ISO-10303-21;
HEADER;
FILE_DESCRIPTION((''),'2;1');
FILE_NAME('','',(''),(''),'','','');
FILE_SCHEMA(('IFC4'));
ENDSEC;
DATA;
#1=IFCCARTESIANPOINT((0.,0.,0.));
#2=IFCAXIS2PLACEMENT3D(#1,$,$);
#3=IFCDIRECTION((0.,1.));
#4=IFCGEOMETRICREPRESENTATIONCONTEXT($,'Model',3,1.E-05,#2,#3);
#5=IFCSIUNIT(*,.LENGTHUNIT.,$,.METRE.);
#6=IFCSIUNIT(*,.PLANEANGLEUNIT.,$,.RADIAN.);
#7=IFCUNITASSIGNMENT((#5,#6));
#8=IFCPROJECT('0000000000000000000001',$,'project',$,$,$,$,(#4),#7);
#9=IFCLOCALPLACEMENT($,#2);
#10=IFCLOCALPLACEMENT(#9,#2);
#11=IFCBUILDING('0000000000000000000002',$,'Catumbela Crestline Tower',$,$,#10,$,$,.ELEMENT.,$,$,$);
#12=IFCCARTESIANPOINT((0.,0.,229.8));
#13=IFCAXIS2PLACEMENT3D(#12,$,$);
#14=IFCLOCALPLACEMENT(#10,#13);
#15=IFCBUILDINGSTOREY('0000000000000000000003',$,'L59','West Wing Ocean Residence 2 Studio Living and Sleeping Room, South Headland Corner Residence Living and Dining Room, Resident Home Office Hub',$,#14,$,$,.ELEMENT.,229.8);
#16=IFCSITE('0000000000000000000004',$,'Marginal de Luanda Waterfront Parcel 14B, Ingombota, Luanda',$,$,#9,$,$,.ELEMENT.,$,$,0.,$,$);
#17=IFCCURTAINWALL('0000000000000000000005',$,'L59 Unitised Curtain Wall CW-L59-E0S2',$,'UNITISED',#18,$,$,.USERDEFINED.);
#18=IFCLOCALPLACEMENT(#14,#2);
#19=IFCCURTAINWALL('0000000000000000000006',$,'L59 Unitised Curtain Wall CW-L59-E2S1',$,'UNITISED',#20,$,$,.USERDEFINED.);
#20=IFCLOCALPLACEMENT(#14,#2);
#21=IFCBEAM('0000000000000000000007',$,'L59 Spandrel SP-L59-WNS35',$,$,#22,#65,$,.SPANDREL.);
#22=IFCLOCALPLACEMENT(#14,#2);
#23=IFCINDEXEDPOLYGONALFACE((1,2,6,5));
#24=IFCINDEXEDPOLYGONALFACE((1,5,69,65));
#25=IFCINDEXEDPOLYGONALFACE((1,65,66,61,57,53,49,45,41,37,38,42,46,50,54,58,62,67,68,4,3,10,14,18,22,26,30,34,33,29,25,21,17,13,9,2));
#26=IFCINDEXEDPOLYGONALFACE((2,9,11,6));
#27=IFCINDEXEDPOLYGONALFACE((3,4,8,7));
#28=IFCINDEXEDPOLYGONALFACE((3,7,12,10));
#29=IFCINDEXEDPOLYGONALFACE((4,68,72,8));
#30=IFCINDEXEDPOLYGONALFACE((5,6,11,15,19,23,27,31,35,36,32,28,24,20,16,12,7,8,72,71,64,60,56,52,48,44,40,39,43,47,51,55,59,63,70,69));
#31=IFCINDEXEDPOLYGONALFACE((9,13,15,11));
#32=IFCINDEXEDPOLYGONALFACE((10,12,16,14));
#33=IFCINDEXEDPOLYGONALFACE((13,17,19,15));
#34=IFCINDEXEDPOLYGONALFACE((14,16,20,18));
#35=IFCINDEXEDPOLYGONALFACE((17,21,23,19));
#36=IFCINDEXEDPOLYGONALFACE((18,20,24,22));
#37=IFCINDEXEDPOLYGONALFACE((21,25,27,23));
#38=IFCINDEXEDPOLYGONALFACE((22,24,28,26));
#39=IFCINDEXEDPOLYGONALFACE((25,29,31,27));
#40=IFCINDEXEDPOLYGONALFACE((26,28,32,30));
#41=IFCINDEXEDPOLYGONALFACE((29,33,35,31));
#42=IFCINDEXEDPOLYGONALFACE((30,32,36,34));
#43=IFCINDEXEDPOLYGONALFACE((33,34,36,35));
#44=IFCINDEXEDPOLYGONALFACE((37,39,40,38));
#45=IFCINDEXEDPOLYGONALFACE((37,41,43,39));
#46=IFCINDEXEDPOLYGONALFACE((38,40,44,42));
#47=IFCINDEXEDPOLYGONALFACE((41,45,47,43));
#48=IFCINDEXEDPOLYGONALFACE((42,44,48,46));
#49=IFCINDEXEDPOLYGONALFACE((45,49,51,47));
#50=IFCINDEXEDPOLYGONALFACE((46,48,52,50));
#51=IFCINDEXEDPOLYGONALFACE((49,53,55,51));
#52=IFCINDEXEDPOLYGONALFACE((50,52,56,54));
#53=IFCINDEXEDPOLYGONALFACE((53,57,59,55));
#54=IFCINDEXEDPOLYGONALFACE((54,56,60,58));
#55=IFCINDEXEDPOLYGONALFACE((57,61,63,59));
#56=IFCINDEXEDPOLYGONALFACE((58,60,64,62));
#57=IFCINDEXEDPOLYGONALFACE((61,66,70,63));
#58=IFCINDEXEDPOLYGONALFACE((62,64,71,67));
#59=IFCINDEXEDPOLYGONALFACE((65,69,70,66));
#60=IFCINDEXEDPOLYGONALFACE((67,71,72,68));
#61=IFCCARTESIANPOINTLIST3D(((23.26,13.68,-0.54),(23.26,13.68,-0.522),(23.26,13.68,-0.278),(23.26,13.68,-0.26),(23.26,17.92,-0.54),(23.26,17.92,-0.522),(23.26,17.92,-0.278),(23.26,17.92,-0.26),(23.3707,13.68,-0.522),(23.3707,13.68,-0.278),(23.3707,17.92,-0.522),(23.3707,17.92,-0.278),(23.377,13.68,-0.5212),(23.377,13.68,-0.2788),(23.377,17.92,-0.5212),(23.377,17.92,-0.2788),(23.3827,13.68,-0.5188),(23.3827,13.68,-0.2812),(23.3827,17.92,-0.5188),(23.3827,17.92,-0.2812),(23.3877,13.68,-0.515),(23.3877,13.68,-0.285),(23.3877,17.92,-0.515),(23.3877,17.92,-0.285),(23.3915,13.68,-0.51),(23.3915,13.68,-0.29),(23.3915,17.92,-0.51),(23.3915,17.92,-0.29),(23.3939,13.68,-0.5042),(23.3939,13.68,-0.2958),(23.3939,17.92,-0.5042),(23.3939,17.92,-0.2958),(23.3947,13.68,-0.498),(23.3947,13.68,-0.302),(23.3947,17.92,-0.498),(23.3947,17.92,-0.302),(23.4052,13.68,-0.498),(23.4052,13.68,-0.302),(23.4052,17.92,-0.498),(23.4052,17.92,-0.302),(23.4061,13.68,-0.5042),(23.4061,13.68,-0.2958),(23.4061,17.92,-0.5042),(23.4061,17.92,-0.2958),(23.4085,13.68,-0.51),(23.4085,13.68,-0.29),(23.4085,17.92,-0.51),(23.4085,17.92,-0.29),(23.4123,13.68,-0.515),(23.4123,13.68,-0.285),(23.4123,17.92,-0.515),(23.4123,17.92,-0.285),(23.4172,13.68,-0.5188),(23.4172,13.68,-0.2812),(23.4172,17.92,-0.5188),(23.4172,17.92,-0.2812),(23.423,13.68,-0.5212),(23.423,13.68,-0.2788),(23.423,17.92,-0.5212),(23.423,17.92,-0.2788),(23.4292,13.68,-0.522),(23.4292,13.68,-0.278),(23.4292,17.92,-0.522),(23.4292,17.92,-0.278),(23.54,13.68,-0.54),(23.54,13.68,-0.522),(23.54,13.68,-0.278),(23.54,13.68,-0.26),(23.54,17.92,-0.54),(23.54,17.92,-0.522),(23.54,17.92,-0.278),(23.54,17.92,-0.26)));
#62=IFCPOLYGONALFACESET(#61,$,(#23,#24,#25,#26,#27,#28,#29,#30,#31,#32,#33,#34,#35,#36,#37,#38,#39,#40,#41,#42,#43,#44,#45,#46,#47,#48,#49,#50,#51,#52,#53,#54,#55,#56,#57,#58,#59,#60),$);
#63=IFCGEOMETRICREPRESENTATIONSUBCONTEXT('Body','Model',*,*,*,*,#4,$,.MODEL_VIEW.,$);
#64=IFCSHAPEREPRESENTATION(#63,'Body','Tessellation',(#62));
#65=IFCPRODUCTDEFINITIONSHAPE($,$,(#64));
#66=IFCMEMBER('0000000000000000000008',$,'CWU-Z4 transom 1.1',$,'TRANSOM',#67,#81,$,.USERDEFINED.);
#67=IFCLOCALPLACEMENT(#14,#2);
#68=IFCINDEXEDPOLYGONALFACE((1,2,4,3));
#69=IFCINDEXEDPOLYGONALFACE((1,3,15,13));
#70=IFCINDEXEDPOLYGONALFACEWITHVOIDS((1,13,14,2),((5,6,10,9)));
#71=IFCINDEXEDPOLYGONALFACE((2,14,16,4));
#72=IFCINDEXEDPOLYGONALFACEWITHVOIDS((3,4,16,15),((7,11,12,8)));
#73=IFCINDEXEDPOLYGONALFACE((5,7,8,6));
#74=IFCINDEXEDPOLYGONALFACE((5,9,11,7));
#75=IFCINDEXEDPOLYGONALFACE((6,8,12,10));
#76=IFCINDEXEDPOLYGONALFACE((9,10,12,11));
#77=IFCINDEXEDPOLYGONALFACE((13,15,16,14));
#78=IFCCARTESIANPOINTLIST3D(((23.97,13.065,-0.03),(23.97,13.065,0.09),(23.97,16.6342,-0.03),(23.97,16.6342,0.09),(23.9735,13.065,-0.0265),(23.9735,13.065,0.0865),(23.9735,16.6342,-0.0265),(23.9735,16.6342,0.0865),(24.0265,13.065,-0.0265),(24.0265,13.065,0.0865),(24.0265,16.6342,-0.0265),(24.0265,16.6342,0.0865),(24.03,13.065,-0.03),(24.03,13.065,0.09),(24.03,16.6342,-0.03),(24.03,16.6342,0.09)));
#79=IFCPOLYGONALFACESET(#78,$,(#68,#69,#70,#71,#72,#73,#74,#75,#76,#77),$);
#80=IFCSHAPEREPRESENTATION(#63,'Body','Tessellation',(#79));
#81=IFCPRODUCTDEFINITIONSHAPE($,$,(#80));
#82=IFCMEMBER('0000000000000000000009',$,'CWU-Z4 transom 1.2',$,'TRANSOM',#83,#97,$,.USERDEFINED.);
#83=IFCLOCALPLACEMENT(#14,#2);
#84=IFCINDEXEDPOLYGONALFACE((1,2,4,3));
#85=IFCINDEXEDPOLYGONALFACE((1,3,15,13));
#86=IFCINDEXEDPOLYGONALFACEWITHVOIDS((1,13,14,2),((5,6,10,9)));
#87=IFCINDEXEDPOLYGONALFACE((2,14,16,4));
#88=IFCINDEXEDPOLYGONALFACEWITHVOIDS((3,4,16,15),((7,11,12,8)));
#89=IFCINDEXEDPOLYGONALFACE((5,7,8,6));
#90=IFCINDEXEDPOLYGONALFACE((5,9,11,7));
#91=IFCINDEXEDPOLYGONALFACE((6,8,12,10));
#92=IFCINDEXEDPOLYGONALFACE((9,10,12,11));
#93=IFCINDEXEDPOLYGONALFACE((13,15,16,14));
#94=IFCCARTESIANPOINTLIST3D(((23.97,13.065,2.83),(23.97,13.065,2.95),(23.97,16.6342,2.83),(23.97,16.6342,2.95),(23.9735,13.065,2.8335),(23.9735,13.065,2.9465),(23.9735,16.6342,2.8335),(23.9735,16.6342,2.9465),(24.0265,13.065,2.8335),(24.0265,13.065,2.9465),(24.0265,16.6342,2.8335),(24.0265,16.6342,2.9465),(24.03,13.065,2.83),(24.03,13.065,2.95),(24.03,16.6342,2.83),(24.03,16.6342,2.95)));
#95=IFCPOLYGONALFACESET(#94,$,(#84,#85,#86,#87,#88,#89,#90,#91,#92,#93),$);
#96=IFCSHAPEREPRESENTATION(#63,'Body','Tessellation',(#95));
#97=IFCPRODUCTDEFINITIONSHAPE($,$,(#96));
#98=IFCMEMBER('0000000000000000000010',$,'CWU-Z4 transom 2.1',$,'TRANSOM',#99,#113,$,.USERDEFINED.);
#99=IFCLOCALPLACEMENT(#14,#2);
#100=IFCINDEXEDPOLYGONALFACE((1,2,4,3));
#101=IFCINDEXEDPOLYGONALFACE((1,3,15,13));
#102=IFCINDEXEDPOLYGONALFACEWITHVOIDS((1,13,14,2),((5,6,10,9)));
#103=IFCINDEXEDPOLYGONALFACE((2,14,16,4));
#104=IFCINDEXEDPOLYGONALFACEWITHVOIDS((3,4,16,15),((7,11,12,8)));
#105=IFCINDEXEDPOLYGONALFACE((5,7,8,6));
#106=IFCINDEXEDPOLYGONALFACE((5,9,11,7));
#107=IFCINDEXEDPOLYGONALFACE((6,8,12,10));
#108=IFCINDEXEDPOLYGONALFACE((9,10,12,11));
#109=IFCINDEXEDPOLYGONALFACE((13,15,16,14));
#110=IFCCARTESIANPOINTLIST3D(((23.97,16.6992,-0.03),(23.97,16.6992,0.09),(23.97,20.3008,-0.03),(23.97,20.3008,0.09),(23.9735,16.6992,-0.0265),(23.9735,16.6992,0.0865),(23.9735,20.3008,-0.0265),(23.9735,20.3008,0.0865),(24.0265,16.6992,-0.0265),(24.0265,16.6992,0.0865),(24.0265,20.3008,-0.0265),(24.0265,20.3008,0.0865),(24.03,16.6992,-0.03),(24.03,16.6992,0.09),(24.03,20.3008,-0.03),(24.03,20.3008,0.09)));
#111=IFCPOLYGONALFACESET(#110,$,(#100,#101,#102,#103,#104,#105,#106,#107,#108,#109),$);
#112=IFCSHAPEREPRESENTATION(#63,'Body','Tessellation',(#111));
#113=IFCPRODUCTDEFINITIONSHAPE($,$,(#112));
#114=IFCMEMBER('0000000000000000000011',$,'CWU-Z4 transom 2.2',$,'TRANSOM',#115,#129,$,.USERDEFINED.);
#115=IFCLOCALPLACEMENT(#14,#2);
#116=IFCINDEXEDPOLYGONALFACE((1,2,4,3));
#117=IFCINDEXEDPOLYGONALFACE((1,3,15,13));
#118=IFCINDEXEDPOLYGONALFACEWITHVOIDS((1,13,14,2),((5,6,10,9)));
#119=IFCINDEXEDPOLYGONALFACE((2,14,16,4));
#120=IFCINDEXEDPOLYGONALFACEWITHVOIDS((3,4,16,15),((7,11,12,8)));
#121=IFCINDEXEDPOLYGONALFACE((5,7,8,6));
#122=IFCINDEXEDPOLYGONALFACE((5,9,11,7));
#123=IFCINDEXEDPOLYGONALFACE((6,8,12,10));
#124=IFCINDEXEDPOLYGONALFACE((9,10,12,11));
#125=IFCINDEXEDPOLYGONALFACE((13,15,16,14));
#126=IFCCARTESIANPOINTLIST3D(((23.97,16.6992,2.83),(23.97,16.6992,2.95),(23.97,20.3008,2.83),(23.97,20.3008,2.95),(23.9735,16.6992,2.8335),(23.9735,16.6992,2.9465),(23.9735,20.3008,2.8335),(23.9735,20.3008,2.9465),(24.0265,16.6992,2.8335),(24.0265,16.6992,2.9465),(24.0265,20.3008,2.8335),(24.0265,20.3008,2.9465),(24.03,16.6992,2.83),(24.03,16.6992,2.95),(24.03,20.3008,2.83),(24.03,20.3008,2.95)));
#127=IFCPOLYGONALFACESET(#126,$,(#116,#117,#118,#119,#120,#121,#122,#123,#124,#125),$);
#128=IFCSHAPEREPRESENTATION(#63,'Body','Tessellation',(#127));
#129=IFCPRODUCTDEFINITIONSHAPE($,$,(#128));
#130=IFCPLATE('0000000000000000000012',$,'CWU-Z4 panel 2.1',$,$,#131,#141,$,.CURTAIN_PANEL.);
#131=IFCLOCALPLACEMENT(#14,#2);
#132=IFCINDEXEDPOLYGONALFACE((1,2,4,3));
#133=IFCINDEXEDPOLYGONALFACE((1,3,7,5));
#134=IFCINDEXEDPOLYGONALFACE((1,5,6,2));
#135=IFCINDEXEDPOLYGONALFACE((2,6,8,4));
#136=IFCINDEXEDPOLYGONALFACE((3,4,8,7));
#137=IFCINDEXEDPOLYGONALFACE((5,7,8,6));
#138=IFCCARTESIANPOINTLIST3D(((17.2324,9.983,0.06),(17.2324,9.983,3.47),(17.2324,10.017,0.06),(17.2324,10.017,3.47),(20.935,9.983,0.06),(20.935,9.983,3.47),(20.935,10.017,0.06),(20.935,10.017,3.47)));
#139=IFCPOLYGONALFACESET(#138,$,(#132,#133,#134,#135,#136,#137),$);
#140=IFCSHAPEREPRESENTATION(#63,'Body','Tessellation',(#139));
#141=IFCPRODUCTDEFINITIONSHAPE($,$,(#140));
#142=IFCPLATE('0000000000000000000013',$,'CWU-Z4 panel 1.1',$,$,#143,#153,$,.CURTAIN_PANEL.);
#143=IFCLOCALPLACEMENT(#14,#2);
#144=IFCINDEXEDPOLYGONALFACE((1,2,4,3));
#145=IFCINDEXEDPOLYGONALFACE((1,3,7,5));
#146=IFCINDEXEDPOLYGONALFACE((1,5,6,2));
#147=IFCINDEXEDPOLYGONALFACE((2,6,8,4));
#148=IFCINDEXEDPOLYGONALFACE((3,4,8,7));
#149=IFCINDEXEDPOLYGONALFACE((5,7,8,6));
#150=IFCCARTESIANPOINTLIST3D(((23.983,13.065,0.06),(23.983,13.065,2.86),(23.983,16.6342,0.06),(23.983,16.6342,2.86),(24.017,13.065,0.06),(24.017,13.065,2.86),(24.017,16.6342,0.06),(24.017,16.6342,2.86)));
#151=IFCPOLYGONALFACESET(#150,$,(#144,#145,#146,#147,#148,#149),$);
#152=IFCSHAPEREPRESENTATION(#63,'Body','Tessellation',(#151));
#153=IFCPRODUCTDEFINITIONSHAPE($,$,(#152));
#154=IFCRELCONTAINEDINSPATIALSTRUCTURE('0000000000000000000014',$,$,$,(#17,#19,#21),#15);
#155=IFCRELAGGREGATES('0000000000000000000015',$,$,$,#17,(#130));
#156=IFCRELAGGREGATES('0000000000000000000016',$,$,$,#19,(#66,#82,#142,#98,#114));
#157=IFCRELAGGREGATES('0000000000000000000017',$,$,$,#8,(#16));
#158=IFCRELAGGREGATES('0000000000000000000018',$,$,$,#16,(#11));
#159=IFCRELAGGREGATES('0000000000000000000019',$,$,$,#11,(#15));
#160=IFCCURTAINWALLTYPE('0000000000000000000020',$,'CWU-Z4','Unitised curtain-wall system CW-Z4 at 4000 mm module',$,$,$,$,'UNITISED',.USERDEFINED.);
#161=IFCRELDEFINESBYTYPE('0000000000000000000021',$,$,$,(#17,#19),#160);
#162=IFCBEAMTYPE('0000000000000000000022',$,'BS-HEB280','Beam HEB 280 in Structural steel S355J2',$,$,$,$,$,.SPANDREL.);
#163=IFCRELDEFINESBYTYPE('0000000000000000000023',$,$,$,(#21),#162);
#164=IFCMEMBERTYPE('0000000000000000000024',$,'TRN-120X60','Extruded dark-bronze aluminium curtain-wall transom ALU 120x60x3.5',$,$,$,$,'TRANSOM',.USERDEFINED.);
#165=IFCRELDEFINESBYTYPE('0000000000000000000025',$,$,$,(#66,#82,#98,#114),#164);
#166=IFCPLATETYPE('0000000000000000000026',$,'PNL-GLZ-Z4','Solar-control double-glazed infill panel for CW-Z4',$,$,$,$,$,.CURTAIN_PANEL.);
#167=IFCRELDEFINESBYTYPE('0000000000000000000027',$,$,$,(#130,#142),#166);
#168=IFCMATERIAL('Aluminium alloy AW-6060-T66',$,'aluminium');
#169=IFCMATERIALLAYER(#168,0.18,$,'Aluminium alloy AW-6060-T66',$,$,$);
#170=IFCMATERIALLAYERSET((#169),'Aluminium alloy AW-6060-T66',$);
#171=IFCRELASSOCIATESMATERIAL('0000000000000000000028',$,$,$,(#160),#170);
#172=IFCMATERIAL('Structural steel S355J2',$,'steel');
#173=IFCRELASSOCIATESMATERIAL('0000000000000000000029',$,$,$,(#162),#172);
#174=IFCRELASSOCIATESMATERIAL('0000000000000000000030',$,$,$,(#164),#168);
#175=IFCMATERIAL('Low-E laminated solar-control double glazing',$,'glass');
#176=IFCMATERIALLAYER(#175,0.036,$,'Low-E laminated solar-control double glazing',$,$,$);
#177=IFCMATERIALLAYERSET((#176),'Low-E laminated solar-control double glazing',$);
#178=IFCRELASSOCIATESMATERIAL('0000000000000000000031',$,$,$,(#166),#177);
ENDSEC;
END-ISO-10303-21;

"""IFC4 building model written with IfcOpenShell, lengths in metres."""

from ifc_helpers import new_model, si_unit, direction, frame, origin, origin_2d, place, context, subcontext, project, spatial, rectangle, hollow_rectangle, i_section, extrude, material, layer, layer_set, material_profile, profile_set, type_object, element, aggregate, save


model = new_model("IFC4")

# Units and contexts
model_context = context("Model", 3, precision=1e-05, world=origin(), true_north=direction((0.0, 1.0)))
body_context = subcontext(model_context, "Body", "Model", "MODEL_VIEW")
ifc_project = project(units=[si_unit("LENGTHUNIT", "METRE"), si_unit("PLANEANGLEUNIT", "RADIAN")], contexts=[model_context])

# Site, building, storey
site_placement = place(None, origin())
site = spatial("IfcSite", under=ifc_project, at=site_placement, Name="Marginal de Luanda Waterfront Parcel 14B, Ingombota, Luanda", CompositionType="ELEMENT", RefElevation=0.0)
building_placement = place(site_placement, origin())
building = spatial("IfcBuilding", under=site, at=building_placement, Name="Catumbela Crestline Tower", CompositionType="ELEMENT")
storey_placement = place(building_placement, frame((0.0, 0.0, 229.8)))
storey = spatial("IfcBuildingStorey", under=building, at=storey_placement, Name="L59", Description="West Wing Ocean Residence 2 Studio Living and Sleeping Room, South Headland Corner Residence Living and Dining Room, Resident Home Office Hub", CompositionType="ELEMENT", Elevation=229.8)

# Shared definitions
ifc_material_1 = material(Name="Structural steel S355J2", Category="steel")

# Curtain wall
ifc_material_2 = material(Name="Aluminium alloy AW-6060-T66", Category="aluminium")
ifc_layer_1 = layer(ifc_material_2, 0.18, Name="Aluminium alloy AW-6060-T66")
ifc_layer_set_1 = layer_set([ifc_layer_1], Name="Aluminium alloy AW-6060-T66")
curtain_wall_type = type_object("IfcCurtainWallType", Name="CWU-Z4", Description="Unitised curtain-wall system CW-Z4 at 4000 mm module", ElementType="UNITISED", PredefinedType="USERDEFINED", material=ifc_layer_set_1)
curtain_wall_1_placement = place(storey_placement, origin())
curtain_wall_1 = element("IfcCurtainWall", 1, at=curtain_wall_1_placement, inside=storey, type_object=curtain_wall_type, Name="L59 Unitised Curtain Wall CW-L59-E0S2", ObjectType="UNITISED", PredefinedType="USERDEFINED")

# Curtain wall
curtain_wall_2_placement = place(storey_placement, origin())
curtain_wall_2 = element("IfcCurtainWall", 2, at=curtain_wall_2_placement, inside=storey, type_object=curtain_wall_type, Name="L59 Unitised Curtain Wall CW-L59-E2S1", ObjectType="UNITISED", PredefinedType="USERDEFINED")

# Beam
ifc_material_profile_1 = material_profile(ifc_material_1, i_section(OverallWidth=0.28, OverallDepth=0.28, WebThickness=0.0105, FlangeThickness=0.018, FilletRadius=0.024, at=origin_2d()), Name="HEB 280")
ifc_profile_set_1 = profile_set([ifc_material_profile_1], Name="Structural steel S355J2")
beam_type_1 = type_object("IfcBeamType", Name="BS-HEB280", Description="Beam HEB 280 in Structural steel S355J2", PredefinedType="SPANDREL", material=ifc_profile_set_1)
beam_placement = place(storey_placement, frame((23.4, 13.68, -0.4), z_axis=(0.0, 1.0, 0.0), x_axis=(-1.0, 0.0, 0.0)))
element("IfcBeam", 3, at=beam_placement, inside=storey, type_object=beam_type_1, Name="L59 Spandrel SP-L59-WNS35", PredefinedType="SPANDREL", context=body_context, shape_type="SweptSolid", body=[
    extrude(i_section(OverallWidth=0.28, OverallDepth=0.28, WebThickness=0.0105, FlangeThickness=0.018, FilletRadius=0.024, at=origin_2d()), origin(), (0.0, 0.0, 1.0), 4.24),
])

# Members
ifc_material_profile_2 = material_profile(ifc_material_2, hollow_rectangle(XDim=0.06, YDim=0.12, WallThickness=0.0035, at=origin_2d()), Name="ALU 120x60x3.5")
ifc_profile_set_2 = profile_set([ifc_material_profile_2], Name="Aluminium alloy AW-6060-T66")
member_type_1 = type_object("IfcMemberType", Name="TRN-120X60", Description="Extruded dark-bronze aluminium curtain-wall transom ALU 120x60x3.5", ElementType="TRANSOM", PredefinedType="USERDEFINED", material=ifc_profile_set_2)
member_1_placement = place(storey_placement, frame((24.0, 13.065, 0.03), z_axis=(0.0, 1.0, 0.0), x_axis=(-1.0, 0.0, 0.0)))
member_1 = element("IfcMember", 4, at=member_1_placement, type_object=member_type_1, Name="CWU-Z4 transom 1.1", ObjectType="TRANSOM", PredefinedType="USERDEFINED", context=body_context, shape_type="SweptSolid", body=[
    extrude(hollow_rectangle(XDim=0.06, YDim=0.12, WallThickness=0.0035, at=origin_2d()), origin(), (0.0, 0.0, 1.0), 3.5692),
])
member_2_placement = place(storey_placement, frame((24.0, 13.065, 2.89), z_axis=(0.0, 1.0, 0.0), x_axis=(-1.0, 0.0, 0.0)))
member_2 = element("IfcMember", 5, at=member_2_placement, type_object=member_type_1, Name="CWU-Z4 transom 1.2", ObjectType="TRANSOM", PredefinedType="USERDEFINED", context=body_context, shape_type="SweptSolid", body=[
    extrude(hollow_rectangle(XDim=0.06, YDim=0.12, WallThickness=0.0035, at=origin_2d()), origin(), (0.0, 0.0, 1.0), 3.5692),
])
member_3_placement = place(storey_placement, frame((24.0, 16.6992, 0.03), z_axis=(0.0, 1.0, 0.0), x_axis=(-1.0, 0.0, 0.0)))
member_3 = element("IfcMember", 6, at=member_3_placement, type_object=member_type_1, Name="CWU-Z4 transom 2.1", ObjectType="TRANSOM", PredefinedType="USERDEFINED", context=body_context, shape_type="SweptSolid", body=[
    extrude(hollow_rectangle(XDim=0.06, YDim=0.12, WallThickness=0.0035, at=origin_2d()), origin(), (0.0, 0.0, 1.0), 3.6016),
])
member_4_placement = place(storey_placement, frame((24.0, 16.6992, 2.89), z_axis=(0.0, 1.0, 0.0), x_axis=(-1.0, 0.0, 0.0)))
member_4 = element("IfcMember", 7, at=member_4_placement, type_object=member_type_1, Name="CWU-Z4 transom 2.2", ObjectType="TRANSOM", PredefinedType="USERDEFINED", context=body_context, shape_type="SweptSolid", body=[
    extrude(hollow_rectangle(XDim=0.06, YDim=0.12, WallThickness=0.0035, at=origin_2d()), origin(), (0.0, 0.0, 1.0), 3.6016),
])

# Plates
ifc_material_3 = material(Name="Low-E laminated solar-control double glazing", Category="glass")
ifc_layer_2 = layer(ifc_material_3, 0.036, Name="Low-E laminated solar-control double glazing")
ifc_layer_set_2 = layer_set([ifc_layer_2], Name="Low-E laminated solar-control double glazing")
plate_type = type_object("IfcPlateType", Name="PNL-GLZ-Z4", Description="Solar-control double-glazed infill panel for CW-Z4", PredefinedType="CURTAIN_PANEL", material=ifc_layer_set_2)
plate_1_placement = place(storey_placement, frame((19.0837, 10.0, 0.06), z_axis=(0.0, 0.0, 1.0), x_axis=(1.0, 0.0, 0.0)))
plate_1 = element("IfcPlate", 8, at=plate_1_placement, type_object=plate_type, Name="CWU-Z4 panel 2.1", PredefinedType="CURTAIN_PANEL", context=body_context, shape_type="SweptSolid", body=[
    extrude(rectangle(XDim=3.7025, YDim=0.034, at=origin_2d()), origin(), (0.0, 0.0, 1.0), 3.41),
])
aggregate(curtain_wall_1, [plate_1])
plate_2_placement = place(storey_placement, frame((24.0, 14.8496, 0.06), z_axis=(0.0, 0.0, 1.0), x_axis=(0.0, 1.0, 0.0)))
plate_2 = element("IfcPlate", 9, at=plate_2_placement, type_object=plate_type, Name="CWU-Z4 panel 1.1", PredefinedType="CURTAIN_PANEL", context=body_context, shape_type="SweptSolid", body=[
    extrude(rectangle(XDim=3.5692, YDim=0.034, at=origin_2d()), origin(), (0.0, 0.0, 1.0), 2.8),
])
aggregate(curtain_wall_2, [member_1, member_2, plate_2, member_3, member_4])

save(model, "model.ifc")
